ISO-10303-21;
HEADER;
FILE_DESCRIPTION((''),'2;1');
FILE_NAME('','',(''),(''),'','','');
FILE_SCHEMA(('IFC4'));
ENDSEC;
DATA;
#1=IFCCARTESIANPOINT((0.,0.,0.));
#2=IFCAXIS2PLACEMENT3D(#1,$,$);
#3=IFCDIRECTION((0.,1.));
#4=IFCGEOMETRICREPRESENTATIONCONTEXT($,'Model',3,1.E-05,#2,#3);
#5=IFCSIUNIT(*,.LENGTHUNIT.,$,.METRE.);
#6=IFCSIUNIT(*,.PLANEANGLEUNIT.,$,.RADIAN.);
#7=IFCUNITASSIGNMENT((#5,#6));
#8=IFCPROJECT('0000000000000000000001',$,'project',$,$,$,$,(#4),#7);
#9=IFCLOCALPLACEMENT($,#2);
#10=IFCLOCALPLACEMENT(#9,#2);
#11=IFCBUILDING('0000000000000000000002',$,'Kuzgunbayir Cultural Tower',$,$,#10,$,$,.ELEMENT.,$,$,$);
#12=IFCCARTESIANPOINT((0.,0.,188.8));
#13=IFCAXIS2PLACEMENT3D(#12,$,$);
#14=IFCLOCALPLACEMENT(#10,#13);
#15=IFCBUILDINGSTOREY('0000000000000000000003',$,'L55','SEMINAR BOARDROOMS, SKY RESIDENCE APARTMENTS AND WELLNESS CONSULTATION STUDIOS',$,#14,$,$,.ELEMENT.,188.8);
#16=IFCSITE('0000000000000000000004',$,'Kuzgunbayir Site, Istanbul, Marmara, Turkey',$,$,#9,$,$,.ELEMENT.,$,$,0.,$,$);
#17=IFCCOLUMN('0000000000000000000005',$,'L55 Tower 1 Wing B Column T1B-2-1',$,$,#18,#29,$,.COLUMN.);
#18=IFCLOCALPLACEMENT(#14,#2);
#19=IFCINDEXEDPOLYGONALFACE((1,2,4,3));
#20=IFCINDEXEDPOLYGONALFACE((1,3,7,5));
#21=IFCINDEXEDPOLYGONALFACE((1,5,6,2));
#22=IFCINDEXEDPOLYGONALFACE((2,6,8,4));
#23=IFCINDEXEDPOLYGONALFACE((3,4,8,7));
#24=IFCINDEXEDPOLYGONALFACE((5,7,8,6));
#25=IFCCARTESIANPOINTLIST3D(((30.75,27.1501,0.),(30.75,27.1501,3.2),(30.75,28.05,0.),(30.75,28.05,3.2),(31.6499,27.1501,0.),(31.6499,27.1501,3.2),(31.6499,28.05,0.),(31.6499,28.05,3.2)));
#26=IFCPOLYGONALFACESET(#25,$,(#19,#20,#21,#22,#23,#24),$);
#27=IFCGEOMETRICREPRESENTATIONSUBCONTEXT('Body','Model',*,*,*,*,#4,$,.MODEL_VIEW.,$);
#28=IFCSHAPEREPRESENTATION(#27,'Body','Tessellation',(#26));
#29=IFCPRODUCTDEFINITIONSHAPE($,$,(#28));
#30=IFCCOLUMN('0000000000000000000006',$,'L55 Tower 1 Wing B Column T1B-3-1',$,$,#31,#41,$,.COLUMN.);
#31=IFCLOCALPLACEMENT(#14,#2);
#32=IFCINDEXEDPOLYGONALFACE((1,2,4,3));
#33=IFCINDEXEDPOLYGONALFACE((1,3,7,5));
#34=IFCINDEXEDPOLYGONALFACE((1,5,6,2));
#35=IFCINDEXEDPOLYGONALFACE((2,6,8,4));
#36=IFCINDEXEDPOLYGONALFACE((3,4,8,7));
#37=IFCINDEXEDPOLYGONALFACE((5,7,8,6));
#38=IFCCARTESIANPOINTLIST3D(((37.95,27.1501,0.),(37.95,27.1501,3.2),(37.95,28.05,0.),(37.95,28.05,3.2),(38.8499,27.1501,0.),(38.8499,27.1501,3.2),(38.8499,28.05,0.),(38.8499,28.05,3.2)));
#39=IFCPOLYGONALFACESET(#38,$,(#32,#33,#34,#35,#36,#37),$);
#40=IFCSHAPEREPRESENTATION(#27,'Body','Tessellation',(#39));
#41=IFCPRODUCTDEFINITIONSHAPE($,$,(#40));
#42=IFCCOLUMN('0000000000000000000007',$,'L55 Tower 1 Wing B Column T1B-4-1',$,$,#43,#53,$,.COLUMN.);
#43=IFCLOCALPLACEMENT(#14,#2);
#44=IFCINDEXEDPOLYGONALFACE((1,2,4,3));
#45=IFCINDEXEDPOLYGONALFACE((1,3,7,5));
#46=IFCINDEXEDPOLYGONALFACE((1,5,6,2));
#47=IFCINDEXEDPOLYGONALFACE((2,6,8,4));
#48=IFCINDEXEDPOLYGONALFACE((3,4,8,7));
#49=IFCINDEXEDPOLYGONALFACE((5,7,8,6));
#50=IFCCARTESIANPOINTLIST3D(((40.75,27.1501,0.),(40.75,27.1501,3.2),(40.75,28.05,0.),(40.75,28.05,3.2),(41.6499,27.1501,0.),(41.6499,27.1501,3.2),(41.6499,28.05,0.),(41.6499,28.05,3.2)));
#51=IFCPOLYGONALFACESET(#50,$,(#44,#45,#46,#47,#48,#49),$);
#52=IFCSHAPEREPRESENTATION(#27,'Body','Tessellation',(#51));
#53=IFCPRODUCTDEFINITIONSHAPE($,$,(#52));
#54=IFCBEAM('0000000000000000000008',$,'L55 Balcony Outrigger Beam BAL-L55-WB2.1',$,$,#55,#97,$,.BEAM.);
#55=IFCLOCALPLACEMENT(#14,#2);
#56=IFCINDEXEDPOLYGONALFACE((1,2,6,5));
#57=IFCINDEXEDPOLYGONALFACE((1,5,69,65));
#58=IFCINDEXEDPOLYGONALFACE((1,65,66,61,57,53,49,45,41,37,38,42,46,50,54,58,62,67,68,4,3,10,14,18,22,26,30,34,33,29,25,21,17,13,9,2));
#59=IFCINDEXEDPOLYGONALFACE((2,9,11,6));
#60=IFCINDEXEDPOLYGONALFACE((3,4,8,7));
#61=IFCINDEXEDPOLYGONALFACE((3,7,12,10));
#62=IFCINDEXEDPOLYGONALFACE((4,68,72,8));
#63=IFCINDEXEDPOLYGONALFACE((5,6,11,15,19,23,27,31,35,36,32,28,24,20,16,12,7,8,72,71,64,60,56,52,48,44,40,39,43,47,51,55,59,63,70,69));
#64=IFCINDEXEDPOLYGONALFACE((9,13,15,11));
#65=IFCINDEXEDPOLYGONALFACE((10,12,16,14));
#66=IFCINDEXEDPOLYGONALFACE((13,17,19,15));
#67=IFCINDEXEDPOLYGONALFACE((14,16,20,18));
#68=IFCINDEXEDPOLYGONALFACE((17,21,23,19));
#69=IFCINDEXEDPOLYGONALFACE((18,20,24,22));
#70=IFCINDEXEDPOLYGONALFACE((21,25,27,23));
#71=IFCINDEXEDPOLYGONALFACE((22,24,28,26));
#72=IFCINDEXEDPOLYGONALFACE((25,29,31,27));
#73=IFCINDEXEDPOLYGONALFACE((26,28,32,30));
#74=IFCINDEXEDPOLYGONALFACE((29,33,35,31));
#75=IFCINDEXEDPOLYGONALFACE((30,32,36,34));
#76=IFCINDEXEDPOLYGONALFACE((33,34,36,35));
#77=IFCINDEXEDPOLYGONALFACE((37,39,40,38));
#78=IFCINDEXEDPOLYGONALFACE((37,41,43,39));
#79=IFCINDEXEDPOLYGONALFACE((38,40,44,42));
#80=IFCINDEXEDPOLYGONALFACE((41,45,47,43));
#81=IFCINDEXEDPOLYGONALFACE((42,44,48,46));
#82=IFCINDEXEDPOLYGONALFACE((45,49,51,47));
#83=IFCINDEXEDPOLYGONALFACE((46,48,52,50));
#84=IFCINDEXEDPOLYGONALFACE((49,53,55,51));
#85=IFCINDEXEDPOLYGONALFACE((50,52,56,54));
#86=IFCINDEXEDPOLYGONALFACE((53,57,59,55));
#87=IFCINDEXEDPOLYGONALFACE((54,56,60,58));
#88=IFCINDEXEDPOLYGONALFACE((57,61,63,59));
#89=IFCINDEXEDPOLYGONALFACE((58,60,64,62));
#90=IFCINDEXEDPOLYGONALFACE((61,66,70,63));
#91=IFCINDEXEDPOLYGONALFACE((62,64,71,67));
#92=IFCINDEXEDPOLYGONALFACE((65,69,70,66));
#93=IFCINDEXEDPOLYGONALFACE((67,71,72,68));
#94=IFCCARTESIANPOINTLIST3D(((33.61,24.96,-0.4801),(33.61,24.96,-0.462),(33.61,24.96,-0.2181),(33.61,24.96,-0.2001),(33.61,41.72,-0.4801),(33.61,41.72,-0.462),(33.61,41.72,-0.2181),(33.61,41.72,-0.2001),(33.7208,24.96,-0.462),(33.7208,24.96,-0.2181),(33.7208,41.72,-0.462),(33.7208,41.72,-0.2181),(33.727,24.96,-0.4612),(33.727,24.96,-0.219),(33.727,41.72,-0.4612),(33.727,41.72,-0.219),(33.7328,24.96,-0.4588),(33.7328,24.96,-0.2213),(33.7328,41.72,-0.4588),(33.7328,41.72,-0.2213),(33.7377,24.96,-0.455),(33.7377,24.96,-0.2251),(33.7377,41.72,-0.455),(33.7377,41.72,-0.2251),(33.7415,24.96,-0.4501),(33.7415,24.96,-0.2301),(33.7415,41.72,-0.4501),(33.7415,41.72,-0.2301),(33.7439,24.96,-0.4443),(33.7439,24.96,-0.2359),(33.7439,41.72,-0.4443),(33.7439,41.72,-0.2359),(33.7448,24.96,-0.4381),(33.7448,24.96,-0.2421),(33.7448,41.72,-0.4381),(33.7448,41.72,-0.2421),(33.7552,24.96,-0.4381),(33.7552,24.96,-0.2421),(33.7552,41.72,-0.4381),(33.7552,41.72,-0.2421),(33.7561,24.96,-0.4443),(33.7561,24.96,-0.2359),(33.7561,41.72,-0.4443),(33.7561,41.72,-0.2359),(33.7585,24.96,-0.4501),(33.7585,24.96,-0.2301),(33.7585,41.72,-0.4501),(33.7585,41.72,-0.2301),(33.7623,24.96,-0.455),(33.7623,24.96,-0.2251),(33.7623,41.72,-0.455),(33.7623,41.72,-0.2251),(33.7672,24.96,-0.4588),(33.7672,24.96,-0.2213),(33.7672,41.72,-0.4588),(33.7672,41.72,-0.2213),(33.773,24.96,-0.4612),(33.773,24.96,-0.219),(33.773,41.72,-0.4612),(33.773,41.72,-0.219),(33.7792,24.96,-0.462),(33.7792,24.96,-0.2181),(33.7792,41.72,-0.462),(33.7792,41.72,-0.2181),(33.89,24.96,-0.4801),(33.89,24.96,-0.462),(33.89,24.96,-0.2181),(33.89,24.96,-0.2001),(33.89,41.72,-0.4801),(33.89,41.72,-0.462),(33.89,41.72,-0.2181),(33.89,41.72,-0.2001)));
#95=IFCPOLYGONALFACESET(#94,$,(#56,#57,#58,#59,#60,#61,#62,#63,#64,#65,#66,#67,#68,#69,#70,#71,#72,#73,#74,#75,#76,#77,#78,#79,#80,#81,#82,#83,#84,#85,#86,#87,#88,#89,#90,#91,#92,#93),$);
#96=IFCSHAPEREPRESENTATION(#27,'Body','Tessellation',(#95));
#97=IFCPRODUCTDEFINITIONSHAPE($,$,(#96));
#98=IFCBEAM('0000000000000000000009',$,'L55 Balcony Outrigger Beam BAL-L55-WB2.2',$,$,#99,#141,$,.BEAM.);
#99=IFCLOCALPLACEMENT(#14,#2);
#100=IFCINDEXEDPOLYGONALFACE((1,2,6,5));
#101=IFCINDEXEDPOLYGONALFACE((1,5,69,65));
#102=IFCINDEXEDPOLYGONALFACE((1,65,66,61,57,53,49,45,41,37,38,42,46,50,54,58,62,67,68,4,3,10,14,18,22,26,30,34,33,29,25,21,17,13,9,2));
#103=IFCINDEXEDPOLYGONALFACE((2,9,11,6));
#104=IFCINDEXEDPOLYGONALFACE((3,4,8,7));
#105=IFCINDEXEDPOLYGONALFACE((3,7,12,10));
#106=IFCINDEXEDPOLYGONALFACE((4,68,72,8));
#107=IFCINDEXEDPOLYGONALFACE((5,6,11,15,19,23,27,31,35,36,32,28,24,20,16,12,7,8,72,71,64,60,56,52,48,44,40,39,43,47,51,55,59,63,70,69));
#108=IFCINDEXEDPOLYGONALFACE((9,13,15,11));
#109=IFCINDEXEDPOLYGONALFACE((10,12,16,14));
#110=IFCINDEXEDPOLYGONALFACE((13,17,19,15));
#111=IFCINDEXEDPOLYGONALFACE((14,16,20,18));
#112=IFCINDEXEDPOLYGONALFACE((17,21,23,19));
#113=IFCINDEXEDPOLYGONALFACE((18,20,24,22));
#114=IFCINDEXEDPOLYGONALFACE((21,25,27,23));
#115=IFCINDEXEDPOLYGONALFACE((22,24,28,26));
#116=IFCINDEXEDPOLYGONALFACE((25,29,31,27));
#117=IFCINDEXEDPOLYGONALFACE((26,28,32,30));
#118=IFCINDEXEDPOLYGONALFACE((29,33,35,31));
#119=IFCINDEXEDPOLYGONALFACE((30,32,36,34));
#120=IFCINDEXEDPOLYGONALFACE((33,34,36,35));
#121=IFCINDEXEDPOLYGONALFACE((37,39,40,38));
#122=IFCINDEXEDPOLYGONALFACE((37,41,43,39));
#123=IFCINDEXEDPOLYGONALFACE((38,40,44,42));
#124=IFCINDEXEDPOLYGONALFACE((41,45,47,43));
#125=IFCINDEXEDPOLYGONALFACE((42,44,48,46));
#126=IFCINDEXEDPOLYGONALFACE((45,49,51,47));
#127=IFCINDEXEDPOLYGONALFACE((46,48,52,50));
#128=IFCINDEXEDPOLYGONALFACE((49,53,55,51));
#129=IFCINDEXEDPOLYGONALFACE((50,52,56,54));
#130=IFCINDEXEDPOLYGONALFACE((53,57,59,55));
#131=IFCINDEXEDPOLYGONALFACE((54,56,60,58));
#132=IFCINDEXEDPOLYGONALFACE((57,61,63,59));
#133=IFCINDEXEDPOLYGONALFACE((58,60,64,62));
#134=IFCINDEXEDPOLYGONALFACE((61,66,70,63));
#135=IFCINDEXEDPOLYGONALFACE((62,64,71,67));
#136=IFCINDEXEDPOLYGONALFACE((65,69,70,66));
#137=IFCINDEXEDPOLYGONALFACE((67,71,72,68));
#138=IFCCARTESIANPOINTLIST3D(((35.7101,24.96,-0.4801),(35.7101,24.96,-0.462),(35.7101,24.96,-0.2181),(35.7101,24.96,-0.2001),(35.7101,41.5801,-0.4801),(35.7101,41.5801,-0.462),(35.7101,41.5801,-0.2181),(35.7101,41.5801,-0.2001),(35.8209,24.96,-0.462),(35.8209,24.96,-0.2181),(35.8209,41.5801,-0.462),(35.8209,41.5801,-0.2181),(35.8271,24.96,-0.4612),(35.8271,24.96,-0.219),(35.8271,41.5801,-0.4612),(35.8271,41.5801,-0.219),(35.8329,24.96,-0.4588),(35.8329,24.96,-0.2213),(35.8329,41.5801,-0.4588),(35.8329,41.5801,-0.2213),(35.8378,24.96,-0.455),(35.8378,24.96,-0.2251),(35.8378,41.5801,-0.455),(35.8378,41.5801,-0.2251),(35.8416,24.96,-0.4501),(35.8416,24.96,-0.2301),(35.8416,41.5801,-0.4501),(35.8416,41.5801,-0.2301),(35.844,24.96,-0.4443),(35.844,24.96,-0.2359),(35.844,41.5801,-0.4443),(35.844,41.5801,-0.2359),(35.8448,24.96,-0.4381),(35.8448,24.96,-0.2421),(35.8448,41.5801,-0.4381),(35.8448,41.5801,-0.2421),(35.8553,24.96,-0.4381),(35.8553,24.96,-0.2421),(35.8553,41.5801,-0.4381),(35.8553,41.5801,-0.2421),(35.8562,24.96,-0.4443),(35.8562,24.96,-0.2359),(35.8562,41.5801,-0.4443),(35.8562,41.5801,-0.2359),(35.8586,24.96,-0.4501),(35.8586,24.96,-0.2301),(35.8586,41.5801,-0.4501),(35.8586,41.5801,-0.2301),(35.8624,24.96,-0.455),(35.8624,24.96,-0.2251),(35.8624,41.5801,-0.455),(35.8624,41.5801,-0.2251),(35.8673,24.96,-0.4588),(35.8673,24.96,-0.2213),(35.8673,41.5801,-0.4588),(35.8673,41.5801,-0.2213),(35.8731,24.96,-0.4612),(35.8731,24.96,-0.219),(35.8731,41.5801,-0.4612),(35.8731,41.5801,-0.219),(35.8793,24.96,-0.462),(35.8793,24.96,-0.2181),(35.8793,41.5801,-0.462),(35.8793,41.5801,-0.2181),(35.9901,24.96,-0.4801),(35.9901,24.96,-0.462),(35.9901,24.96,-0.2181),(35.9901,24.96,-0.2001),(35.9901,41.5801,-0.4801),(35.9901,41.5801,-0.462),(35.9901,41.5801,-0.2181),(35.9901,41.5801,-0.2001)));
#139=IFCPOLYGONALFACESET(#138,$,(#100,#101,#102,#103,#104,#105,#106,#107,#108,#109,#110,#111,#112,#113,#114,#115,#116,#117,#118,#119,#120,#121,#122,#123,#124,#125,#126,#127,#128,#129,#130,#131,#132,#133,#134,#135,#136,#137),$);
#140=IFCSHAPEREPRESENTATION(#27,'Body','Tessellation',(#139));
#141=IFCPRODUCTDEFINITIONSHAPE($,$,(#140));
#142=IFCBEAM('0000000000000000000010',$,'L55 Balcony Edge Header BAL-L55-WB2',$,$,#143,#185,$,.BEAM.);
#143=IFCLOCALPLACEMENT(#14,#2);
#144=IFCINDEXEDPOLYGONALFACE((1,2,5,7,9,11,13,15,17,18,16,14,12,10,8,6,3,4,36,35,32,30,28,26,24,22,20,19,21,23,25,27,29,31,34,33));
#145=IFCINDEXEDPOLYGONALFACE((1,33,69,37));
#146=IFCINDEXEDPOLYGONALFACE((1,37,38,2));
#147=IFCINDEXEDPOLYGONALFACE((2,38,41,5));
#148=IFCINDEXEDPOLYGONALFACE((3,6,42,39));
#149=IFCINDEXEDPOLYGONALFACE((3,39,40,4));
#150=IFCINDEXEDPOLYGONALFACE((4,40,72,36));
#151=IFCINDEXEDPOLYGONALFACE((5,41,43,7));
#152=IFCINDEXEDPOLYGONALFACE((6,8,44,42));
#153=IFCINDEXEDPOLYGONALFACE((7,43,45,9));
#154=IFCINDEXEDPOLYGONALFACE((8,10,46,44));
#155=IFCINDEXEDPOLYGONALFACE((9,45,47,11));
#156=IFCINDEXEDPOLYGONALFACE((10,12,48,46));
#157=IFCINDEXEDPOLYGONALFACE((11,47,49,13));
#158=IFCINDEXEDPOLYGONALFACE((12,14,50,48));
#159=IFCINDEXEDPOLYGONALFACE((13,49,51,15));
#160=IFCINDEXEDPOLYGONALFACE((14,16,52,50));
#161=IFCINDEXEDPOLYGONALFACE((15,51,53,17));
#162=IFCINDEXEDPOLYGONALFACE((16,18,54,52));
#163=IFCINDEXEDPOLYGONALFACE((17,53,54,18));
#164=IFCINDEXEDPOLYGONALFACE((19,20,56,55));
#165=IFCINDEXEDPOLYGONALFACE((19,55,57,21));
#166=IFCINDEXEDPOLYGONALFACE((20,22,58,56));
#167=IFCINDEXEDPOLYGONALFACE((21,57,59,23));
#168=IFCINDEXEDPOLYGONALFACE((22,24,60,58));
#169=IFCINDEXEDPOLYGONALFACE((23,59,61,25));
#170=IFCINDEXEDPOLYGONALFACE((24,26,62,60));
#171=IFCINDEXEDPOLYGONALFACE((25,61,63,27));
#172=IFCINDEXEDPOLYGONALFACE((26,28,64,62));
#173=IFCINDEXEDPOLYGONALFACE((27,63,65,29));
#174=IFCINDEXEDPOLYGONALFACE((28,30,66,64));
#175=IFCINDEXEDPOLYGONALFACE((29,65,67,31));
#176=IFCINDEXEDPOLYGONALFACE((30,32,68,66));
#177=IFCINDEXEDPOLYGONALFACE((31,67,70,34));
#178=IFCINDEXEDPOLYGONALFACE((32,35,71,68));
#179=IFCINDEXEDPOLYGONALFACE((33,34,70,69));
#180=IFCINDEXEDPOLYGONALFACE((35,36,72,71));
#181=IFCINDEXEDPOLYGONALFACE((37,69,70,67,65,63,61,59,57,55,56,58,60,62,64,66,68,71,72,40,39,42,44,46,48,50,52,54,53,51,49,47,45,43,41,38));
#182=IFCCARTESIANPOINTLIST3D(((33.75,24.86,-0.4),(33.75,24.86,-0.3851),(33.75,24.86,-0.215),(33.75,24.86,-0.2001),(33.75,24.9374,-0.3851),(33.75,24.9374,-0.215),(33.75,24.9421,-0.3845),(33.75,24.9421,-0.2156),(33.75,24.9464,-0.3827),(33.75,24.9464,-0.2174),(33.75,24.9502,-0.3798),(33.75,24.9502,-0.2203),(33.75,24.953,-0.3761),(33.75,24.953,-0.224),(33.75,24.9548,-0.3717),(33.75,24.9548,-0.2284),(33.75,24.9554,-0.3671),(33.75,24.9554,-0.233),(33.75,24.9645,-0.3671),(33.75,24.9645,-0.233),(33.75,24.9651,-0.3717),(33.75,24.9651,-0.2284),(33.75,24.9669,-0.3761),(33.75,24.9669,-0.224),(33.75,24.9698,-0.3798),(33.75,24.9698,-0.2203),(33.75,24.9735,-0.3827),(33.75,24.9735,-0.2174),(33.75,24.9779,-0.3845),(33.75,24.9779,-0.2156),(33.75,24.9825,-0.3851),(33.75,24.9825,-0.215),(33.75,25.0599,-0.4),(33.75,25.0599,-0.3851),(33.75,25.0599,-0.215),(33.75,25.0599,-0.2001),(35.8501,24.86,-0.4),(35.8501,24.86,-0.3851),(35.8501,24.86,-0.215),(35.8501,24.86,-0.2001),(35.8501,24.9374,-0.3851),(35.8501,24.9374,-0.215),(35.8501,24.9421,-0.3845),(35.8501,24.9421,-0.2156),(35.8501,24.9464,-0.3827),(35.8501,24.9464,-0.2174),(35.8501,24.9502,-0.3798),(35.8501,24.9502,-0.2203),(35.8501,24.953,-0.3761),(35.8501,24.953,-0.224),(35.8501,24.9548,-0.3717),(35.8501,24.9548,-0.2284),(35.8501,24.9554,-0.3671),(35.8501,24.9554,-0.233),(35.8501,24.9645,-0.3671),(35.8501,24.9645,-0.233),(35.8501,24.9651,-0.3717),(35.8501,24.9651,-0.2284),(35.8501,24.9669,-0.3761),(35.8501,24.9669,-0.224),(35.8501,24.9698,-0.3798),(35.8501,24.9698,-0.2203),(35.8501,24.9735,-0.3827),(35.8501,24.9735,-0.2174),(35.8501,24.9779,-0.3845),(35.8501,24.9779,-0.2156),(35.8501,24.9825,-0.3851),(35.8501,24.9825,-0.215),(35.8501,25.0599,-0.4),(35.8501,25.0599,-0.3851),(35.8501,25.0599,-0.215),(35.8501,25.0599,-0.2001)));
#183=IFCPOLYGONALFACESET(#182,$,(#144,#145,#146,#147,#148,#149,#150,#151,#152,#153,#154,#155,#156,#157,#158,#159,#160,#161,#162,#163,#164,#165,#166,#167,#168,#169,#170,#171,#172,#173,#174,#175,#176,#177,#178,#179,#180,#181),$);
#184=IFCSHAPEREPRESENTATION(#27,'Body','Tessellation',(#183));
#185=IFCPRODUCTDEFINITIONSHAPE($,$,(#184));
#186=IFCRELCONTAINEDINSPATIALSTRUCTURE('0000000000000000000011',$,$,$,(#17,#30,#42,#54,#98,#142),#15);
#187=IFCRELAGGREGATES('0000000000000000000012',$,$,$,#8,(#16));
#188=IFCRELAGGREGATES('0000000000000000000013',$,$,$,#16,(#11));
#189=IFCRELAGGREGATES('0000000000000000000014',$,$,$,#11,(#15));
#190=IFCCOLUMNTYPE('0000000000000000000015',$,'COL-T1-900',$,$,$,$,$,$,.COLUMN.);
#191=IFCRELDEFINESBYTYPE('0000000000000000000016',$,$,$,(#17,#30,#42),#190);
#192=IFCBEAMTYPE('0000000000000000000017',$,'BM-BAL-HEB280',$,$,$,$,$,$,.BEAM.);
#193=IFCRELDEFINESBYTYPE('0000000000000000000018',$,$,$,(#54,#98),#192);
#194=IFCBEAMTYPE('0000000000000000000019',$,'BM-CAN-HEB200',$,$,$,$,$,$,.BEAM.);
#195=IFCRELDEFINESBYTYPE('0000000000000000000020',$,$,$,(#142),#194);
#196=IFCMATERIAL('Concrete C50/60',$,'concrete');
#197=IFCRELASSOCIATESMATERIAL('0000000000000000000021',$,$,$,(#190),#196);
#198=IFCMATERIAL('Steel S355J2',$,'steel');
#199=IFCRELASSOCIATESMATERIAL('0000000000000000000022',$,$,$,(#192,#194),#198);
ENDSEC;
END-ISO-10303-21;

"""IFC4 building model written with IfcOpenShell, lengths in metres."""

from ifc_helpers import new_model, si_unit, direction, frame, origin, origin_2d, place, context, subcontext, project, spatial, rectangle, i_section, extrude, material, material_profile, profile_set, type_object, element, save


model = new_model("IFC4")

# Units and contexts
model_context = context("Model", 3, precision=1e-05, world=origin(), true_north=direction((0.0, 1.0)))
body_context = subcontext(model_context, "Body", "Model", "MODEL_VIEW")
ifc_project = project(units=[si_unit("LENGTHUNIT", "METRE"), si_unit("PLANEANGLEUNIT", "RADIAN")], contexts=[model_context])

# Site, building, storey
site_placement = place(None, origin())
site = spatial("IfcSite", under=ifc_project, at=site_placement, Name="Kuzgunbayir Site, Istanbul, Marmara, Turkey", CompositionType="ELEMENT", RefElevation=0.0)
building_placement = place(site_placement, origin())
building = spatial("IfcBuilding", under=site, at=building_placement, Name="Kuzgunbayir Cultural Tower", CompositionType="ELEMENT")
storey_placement = place(building_placement, frame((0.0, 0.0, 188.8)))
storey = spatial("IfcBuildingStorey", under=building, at=storey_placement, Name="L55", Description="SEMINAR BOARDROOMS, SKY RESIDENCE APARTMENTS AND WELLNESS CONSULTATION STUDIOS", CompositionType="ELEMENT", Elevation=188.8)

# Columns
ifc_material_1 = material(Name="Concrete C50/60", Category="concrete")
ifc_material_profile_1 = material_profile(ifc_material_1, rectangle(XDim=0.8999, YDim=0.8999, at=origin_2d()), Name="RC 900x900")
ifc_profile_set_1 = profile_set([ifc_material_profile_1], Name="Concrete C50/60")
column_type = type_object("IfcColumnType", Name="COL-T1-900", PredefinedType="COLUMN", material=ifc_profile_set_1)
for number, where, z_axis, x_axis, name in (
    (1, (31.2, 27.6001, 0.0), (0.0, 0.0, 1.0), (1.0, 0.0, 0.0), "L55 Tower 1 Wing B Column T1B-2-1"),
    (2, (38.3999, 27.6001, 0.0), (0.0, 0.0, 1.0), (1.0, 0.0, 0.0), "L55 Tower 1 Wing B Column T1B-3-1"),
    (3, (41.2, 27.6001, 0.0), (0.0, 0.0, 1.0), (1.0, 0.0, 0.0), "L55 Tower 1 Wing B Column T1B-4-1"),
):
    element("IfcColumn", number, at=place(storey_placement, frame(where, z_axis=z_axis, x_axis=x_axis)), inside=storey, type_object=column_type, Name=name, PredefinedType="COLUMN", context=body_context, shape_type="SweptSolid", body=[
        extrude(rectangle(XDim=0.8999, YDim=0.8999, at=origin_2d()), origin(), (0.0, 0.0, 1.0), 3.2),
    ])

# Beams
ifc_material_2 = material(Name="Steel S355J2", Category="steel")
ifc_material_profile_2 = material_profile(ifc_material_2, i_section(OverallWidth=0.28, OverallDepth=0.28, WebThickness=0.0105, FlangeThickness=0.0181, FilletRadius=0.0239, at=origin_2d()), Name="HEB 280")
ifc_profile_set_2 = profile_set([ifc_material_profile_2], Name="Steel S355J2")
beam_type_1 = type_object("IfcBeamType", Name="BM-BAL-HEB280", PredefinedType="BEAM", material=ifc_profile_set_2)
beam_1_placement = place(storey_placement, frame((33.75, 24.96, -0.3401), z_axis=(0.0, 1.0, 0.0), x_axis=(-1.0, 0.0, 0.0)))
element("IfcBeam", 4, at=beam_1_placement, inside=storey, type_object=beam_type_1, Name="L55 Balcony Outrigger Beam BAL-L55-WB2.1", PredefinedType="BEAM", context=body_context, shape_type="SweptSolid", body=[
    extrude(i_section(OverallWidth=0.28, OverallDepth=0.28, WebThickness=0.0105, FlangeThickness=0.0181, FilletRadius=0.0239, at=origin_2d()), origin(), (0.0, 0.0, 1.0), 16.76),
])
beam_2_placement = place(storey_placement, frame((35.8501, 24.96, -0.3401), z_axis=(0.0, 1.0, 0.0), x_axis=(-1.0, 0.0, 0.0)))
element("IfcBeam", 5, at=beam_2_placement, inside=storey, type_object=beam_type_1, Name="L55 Balcony Outrigger Beam BAL-L55-WB2.2", PredefinedType="BEAM", context=body_context, shape_type="SweptSolid", body=[
    extrude(i_section(OverallWidth=0.28, OverallDepth=0.28, WebThickness=0.0105, FlangeThickness=0.0181, FilletRadius=0.0239, at=origin_2d()), origin(), (0.0, 0.0, 1.0), 16.6201),
])
ifc_material_profile_3 = material_profile(ifc_material_2, i_section(OverallWidth=0.2, OverallDepth=0.2, WebThickness=0.009, FlangeThickness=0.0149, FilletRadius=0.0181, at=origin_2d()), Name="HEB 200")
ifc_profile_set_3 = profile_set([ifc_material_profile_3], Name="Steel S355J2")
beam_type_2 = type_object("IfcBeamType", Name="BM-CAN-HEB200", PredefinedType="BEAM", material=ifc_profile_set_3)
beam_3_placement = place(storey_placement, frame((33.75, 24.96, -0.3), z_axis=(1.0, 0.0, 0.0), x_axis=(0.0, 1.0, 0.0)))
element("IfcBeam", 6, at=beam_3_placement, inside=storey, type_object=beam_type_2, Name="L55 Balcony Edge Header BAL-L55-WB2", PredefinedType="BEAM", context=body_context, shape_type="SweptSolid", body=[
    extrude(i_section(OverallWidth=0.2, OverallDepth=0.2, WebThickness=0.009, FlangeThickness=0.0149, FilletRadius=0.0181, at=origin_2d()), origin(), (0.0, 0.0, 1.0), 2.1001),
])

save(model, "model.ifc")
